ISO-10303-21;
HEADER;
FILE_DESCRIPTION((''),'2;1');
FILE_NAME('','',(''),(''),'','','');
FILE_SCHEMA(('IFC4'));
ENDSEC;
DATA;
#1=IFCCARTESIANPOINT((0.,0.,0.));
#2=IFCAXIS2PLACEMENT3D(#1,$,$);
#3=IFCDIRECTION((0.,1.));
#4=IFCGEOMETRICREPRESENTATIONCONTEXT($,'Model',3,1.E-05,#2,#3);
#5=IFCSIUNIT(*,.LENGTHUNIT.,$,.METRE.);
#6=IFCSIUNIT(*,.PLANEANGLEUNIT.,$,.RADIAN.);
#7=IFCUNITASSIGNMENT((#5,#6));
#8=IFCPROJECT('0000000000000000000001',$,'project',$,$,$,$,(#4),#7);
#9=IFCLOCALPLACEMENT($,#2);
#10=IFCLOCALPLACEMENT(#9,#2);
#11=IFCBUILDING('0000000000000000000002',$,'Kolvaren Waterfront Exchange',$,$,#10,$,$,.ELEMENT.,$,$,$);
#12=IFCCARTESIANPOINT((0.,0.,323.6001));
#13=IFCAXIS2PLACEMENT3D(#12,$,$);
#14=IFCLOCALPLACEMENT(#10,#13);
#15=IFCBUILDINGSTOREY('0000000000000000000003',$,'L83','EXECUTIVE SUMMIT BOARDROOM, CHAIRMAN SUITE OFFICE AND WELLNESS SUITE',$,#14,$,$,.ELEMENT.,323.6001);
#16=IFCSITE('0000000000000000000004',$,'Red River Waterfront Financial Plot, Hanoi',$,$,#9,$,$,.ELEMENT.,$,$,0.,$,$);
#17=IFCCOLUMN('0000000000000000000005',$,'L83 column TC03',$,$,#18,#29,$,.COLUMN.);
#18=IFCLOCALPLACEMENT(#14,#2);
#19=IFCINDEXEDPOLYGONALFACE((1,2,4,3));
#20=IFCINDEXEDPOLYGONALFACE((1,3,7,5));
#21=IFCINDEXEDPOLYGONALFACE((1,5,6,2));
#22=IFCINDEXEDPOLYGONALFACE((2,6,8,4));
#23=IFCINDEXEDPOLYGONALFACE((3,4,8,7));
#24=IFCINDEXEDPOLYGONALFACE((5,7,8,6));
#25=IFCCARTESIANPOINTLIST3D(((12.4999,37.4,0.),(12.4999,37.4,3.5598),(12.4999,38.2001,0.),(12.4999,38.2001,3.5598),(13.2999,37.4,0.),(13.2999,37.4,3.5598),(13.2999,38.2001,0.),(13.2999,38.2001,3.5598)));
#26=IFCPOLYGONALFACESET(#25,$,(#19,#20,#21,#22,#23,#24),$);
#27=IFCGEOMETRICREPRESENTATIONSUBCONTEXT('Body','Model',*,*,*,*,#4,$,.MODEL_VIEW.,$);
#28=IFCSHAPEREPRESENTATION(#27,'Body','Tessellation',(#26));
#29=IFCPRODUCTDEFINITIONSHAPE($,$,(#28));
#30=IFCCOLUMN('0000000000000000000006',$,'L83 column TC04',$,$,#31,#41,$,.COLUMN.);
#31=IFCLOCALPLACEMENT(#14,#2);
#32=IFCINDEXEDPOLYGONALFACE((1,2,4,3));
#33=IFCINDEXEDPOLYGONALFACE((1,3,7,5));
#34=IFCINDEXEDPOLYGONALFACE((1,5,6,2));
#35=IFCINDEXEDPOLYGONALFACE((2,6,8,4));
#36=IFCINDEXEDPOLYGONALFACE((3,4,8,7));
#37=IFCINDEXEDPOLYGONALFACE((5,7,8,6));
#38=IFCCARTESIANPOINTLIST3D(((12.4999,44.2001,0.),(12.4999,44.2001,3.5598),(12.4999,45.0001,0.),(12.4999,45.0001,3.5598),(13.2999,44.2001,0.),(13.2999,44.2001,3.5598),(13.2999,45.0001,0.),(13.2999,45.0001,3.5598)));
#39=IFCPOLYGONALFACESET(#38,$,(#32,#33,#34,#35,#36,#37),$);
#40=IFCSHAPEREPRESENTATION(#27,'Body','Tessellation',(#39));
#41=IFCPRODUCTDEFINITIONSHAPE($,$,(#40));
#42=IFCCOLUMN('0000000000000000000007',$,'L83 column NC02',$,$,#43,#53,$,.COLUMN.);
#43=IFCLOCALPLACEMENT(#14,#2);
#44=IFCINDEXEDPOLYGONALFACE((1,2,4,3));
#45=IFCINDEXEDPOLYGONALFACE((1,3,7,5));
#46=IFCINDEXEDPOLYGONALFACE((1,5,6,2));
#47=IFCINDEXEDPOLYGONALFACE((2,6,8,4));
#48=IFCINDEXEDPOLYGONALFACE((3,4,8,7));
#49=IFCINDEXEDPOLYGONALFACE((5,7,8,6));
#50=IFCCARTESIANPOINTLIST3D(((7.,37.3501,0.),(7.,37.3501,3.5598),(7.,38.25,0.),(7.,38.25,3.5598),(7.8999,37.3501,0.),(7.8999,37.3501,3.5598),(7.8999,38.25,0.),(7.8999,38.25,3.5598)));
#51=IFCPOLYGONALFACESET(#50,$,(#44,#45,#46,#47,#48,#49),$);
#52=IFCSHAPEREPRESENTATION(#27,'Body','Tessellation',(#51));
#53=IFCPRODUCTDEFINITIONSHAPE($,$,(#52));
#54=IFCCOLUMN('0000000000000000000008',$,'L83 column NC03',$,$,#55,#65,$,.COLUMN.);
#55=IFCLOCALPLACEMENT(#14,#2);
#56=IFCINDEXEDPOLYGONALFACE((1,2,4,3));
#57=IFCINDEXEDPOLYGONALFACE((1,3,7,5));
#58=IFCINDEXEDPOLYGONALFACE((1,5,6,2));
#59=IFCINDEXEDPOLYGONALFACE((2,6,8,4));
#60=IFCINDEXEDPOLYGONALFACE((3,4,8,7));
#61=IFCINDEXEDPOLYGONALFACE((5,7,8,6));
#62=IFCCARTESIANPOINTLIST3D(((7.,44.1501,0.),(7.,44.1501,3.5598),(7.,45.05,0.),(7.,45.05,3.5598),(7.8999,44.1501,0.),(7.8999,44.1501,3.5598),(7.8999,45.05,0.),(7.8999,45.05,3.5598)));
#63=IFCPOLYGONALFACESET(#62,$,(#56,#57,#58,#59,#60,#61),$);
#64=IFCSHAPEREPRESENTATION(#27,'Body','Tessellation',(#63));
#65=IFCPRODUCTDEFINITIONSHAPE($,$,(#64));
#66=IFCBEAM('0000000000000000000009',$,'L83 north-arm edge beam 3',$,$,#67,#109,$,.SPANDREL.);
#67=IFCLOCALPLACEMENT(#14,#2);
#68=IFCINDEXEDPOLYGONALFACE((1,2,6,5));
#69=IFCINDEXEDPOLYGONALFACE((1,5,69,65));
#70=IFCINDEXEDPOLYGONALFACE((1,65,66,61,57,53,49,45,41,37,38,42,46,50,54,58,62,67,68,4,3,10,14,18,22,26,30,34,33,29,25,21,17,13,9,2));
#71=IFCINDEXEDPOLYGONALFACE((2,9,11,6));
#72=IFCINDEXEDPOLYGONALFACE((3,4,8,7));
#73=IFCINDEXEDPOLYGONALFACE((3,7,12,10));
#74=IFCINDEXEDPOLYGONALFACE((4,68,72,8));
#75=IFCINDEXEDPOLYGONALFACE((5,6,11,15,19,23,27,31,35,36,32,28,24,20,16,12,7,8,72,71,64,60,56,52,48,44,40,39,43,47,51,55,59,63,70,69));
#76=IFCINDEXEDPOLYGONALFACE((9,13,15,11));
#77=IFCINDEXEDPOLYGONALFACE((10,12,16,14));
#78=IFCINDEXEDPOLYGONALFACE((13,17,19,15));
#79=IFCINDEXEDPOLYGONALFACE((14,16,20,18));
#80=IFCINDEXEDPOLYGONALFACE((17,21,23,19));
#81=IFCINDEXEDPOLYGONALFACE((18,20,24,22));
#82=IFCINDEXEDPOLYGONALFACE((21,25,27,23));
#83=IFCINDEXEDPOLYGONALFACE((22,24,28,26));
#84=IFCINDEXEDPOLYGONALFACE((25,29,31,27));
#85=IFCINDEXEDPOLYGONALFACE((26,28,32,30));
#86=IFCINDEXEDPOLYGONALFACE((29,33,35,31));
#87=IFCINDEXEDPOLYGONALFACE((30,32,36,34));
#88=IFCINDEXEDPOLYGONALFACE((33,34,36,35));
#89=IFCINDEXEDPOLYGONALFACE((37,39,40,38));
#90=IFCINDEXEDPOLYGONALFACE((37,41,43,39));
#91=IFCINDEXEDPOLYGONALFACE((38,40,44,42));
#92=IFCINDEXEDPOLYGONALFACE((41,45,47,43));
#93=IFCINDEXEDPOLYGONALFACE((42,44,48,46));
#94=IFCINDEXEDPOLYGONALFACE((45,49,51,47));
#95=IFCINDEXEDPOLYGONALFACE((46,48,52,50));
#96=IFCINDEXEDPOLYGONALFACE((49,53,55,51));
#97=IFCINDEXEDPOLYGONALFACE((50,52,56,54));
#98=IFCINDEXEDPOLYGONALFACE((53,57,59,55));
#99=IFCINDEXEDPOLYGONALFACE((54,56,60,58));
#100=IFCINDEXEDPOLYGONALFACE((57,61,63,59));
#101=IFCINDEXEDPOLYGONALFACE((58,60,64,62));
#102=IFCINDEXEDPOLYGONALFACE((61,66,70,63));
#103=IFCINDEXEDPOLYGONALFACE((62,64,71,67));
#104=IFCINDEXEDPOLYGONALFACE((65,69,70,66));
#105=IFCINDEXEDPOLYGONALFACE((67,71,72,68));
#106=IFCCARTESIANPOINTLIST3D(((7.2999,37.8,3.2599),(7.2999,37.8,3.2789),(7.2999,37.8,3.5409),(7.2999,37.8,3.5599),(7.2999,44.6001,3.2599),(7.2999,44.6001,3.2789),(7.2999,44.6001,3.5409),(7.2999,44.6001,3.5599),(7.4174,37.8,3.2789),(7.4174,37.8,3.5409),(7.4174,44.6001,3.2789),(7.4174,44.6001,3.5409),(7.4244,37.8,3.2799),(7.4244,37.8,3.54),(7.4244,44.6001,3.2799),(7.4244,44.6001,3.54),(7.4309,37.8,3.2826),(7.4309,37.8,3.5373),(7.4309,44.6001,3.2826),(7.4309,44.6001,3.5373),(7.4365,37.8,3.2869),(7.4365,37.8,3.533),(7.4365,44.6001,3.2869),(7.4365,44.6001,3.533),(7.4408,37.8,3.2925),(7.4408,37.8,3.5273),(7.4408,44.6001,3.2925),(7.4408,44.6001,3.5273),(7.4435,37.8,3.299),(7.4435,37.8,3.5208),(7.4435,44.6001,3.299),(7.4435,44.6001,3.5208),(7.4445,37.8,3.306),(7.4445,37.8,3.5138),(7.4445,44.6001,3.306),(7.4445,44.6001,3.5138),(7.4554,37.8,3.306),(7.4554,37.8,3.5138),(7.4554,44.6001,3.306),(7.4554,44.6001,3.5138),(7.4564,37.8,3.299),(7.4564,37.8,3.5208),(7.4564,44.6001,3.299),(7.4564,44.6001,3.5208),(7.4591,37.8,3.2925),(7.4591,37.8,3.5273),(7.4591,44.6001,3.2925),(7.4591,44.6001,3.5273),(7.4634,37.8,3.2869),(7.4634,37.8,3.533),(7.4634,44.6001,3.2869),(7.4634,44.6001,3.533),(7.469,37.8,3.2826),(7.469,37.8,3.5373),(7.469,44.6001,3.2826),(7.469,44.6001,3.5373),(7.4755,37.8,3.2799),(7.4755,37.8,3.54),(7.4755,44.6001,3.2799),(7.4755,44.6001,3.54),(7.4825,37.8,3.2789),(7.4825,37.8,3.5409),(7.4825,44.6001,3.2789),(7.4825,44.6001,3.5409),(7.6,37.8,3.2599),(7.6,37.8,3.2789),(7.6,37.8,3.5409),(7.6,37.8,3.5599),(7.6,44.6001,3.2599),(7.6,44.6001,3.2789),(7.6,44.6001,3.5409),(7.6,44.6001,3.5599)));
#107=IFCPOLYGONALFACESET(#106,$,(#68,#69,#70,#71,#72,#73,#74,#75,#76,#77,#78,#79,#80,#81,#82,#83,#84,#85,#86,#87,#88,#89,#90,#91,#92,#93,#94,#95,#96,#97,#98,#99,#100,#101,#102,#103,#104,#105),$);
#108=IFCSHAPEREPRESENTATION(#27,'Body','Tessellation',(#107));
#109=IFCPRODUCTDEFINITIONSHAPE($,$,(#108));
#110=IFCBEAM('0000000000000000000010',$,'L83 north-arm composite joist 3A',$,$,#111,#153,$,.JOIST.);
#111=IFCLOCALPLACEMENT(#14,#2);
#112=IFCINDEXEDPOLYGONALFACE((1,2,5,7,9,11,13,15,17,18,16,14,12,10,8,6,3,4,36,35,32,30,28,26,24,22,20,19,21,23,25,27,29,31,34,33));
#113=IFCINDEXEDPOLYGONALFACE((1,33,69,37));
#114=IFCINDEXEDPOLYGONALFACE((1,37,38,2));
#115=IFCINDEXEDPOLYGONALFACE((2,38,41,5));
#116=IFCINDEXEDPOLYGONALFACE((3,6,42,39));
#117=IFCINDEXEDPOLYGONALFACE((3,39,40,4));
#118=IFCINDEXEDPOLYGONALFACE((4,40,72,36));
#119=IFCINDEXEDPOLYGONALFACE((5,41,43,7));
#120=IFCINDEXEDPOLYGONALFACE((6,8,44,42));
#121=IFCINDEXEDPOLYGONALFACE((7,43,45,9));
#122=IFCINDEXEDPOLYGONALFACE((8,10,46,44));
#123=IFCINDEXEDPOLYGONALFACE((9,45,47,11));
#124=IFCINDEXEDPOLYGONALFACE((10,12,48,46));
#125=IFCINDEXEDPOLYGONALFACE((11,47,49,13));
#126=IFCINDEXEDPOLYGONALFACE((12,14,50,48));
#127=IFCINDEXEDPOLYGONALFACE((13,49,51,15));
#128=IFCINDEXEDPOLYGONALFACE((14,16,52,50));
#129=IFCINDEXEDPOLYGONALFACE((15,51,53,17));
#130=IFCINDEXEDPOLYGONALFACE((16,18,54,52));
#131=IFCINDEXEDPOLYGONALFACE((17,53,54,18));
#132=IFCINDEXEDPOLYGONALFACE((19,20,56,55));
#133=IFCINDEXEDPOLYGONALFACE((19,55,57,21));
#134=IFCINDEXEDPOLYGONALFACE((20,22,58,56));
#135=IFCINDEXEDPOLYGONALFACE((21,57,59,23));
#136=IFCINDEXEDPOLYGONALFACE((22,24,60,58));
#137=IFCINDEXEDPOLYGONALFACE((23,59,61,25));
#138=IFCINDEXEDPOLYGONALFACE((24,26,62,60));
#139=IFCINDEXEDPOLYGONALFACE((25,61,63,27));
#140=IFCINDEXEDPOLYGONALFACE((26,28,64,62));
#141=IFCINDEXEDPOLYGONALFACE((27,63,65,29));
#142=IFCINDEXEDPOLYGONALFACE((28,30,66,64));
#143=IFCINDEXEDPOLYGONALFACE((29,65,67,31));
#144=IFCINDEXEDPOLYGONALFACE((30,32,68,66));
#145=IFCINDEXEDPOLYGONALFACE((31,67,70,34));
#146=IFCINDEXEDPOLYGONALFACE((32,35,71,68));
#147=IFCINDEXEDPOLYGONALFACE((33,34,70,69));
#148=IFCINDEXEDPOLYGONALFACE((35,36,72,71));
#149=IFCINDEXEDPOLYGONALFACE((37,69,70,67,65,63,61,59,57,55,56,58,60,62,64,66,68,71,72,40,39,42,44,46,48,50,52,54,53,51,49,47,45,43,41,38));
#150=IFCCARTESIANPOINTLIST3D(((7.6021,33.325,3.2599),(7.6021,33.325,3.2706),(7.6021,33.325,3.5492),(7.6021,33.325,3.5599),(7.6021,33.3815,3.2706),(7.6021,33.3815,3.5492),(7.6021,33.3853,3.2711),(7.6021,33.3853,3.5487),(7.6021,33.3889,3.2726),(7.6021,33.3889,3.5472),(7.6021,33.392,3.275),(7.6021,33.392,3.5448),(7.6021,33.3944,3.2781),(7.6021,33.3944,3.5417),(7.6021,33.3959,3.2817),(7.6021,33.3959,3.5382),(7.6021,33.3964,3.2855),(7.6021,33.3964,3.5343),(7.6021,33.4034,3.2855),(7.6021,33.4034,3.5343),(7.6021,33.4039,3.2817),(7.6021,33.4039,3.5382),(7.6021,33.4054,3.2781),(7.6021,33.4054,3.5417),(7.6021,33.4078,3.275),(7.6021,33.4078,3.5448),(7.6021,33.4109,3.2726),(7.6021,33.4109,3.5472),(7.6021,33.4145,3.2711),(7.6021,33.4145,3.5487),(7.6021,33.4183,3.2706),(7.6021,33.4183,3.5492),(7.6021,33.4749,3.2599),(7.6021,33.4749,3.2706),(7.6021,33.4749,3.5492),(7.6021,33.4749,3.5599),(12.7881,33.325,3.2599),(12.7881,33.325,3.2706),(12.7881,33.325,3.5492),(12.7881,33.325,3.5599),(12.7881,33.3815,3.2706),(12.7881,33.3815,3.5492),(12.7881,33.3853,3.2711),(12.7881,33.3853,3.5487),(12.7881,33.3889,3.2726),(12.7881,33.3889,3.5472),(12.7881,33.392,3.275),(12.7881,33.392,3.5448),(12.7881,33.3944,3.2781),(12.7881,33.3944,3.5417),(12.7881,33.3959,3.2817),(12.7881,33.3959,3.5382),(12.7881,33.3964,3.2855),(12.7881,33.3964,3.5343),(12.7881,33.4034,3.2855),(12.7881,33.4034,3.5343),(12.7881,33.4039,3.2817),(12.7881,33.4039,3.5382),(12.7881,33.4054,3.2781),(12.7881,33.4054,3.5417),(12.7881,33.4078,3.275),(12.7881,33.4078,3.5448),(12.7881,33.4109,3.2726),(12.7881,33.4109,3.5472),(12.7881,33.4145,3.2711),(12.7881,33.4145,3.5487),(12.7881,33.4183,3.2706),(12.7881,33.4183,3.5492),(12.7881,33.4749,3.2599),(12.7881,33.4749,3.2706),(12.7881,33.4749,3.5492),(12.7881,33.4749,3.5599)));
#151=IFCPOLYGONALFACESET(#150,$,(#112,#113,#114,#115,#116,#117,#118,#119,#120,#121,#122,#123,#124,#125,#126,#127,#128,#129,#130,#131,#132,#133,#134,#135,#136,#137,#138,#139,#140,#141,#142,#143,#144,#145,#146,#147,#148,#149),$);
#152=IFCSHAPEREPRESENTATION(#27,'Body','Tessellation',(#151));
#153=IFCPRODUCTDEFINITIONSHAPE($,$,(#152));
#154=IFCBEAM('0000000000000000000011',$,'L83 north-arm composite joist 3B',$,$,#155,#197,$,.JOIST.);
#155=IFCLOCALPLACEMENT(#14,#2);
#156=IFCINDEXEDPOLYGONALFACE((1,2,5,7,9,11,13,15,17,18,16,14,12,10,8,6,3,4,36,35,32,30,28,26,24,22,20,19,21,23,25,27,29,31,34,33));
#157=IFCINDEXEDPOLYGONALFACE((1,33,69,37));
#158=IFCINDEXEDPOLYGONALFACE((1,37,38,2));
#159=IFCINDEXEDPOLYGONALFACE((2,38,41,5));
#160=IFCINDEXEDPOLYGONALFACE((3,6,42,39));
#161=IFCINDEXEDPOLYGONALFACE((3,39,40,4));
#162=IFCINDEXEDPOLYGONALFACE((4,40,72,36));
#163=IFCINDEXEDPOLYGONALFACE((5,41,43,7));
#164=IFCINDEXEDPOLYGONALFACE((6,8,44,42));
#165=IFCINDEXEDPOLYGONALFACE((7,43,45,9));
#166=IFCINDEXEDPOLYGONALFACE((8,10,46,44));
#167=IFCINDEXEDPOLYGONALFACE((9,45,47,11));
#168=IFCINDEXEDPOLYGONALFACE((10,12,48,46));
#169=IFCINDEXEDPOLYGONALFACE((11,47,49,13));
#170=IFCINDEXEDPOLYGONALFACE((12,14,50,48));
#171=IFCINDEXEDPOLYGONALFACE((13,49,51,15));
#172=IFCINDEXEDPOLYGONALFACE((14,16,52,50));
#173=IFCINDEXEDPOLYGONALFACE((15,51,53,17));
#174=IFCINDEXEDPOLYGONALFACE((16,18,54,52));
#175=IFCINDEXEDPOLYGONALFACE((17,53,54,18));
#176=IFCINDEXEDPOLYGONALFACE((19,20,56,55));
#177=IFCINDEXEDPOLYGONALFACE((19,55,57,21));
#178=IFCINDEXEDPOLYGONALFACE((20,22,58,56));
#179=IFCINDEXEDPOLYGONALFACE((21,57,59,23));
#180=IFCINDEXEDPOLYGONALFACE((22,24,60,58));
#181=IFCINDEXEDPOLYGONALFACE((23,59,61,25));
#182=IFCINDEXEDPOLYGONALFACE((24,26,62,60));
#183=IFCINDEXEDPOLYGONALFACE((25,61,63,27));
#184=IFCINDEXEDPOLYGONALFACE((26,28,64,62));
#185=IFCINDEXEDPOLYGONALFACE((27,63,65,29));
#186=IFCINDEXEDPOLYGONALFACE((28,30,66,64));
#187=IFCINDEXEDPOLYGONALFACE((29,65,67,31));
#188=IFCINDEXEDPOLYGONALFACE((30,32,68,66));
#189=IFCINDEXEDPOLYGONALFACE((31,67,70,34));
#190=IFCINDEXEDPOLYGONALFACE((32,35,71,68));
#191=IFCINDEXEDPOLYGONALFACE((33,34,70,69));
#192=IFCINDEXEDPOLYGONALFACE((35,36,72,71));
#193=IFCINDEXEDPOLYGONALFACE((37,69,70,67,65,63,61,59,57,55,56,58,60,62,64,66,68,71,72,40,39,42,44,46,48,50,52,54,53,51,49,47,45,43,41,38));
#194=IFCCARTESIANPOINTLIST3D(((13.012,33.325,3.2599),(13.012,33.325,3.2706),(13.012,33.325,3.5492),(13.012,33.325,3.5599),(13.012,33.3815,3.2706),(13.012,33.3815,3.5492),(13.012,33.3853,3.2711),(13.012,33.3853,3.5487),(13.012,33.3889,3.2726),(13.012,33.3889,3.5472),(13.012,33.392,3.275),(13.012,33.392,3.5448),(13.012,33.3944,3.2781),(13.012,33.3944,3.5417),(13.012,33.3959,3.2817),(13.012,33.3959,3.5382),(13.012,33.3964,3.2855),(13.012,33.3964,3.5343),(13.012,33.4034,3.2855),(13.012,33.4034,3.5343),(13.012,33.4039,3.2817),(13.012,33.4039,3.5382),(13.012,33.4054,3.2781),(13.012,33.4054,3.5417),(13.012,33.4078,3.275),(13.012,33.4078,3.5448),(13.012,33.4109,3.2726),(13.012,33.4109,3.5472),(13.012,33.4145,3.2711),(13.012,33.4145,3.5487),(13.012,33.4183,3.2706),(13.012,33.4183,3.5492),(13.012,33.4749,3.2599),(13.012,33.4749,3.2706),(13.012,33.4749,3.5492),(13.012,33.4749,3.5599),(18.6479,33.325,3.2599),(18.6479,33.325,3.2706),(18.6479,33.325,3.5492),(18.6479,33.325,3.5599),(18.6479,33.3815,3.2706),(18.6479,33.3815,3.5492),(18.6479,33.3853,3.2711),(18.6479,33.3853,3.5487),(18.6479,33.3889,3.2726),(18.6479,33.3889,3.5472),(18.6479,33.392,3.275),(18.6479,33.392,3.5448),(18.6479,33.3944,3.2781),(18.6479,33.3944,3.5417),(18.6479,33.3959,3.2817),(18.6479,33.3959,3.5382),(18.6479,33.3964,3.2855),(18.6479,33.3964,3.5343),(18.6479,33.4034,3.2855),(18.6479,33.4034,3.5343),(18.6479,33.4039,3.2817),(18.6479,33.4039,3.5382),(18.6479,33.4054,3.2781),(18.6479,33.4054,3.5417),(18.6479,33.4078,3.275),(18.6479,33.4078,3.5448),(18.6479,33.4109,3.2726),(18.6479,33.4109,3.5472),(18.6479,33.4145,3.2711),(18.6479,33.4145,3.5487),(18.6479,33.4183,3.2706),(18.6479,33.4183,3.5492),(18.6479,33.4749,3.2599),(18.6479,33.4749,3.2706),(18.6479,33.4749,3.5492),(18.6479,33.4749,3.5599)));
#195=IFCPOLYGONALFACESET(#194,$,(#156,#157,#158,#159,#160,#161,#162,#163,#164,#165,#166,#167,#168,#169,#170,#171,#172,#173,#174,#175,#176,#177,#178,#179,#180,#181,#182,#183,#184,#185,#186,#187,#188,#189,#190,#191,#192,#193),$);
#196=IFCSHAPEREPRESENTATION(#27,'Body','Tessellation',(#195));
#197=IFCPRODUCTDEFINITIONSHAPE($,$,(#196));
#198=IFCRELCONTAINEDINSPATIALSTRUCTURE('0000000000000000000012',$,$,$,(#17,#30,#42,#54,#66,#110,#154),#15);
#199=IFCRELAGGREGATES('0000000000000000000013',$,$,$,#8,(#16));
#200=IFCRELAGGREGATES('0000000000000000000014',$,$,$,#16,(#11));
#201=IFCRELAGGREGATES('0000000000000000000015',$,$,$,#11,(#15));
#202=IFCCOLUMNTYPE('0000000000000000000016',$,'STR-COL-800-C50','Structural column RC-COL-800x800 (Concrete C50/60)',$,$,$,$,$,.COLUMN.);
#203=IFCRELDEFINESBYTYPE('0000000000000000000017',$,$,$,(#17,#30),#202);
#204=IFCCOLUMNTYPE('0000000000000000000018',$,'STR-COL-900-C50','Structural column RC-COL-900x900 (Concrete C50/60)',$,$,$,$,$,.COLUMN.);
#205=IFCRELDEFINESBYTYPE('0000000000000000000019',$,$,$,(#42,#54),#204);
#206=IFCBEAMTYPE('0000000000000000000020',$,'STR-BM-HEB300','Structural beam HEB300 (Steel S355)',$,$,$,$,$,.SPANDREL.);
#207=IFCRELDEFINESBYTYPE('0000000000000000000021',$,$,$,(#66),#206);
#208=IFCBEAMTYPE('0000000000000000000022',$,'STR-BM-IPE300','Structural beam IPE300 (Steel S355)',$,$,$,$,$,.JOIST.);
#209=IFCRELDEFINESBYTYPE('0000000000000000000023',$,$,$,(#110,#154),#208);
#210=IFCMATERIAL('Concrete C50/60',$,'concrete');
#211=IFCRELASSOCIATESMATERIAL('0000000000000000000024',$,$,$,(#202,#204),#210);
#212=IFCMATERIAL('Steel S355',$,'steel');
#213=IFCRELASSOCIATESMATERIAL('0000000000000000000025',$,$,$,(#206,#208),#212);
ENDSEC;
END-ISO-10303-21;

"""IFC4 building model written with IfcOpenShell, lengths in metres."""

from ifc_helpers import new_model, si_unit, direction, frame, origin, origin_2d, place, context, subcontext, project, spatial, rectangle, i_section, extrude, material, material_profile, profile_set, type_object, element, save


model = new_model("IFC4")

# Units and contexts
model_context = context("Model", 3, precision=1e-05, world=origin(), true_north=direction((0.0, 1.0)))
body_context = subcontext(model_context, "Body", "Model", "MODEL_VIEW")
ifc_project = project(units=[si_unit("LENGTHUNIT", "METRE"), si_unit("PLANEANGLEUNIT", "RADIAN")], contexts=[model_context])

# Site, building, storey
site_placement = place(None, origin())
site = spatial("IfcSite", under=ifc_project, at=site_placement, Name="Red River Waterfront Financial Plot, Hanoi", CompositionType="ELEMENT", RefElevation=0.0)
building_placement = place(site_placement, origin())
building = spatial("IfcBuilding", under=site, at=building_placement, Name="Kolvaren Waterfront Exchange", CompositionType="ELEMENT")
storey_placement = place(building_placement, frame((0.0, 0.0, 323.6001)))
storey = spatial("IfcBuildingStorey", under=building, at=storey_placement, Name="L83", Description="EXECUTIVE SUMMIT BOARDROOM, CHAIRMAN SUITE OFFICE AND WELLNESS SUITE", CompositionType="ELEMENT", Elevation=323.6001)

# Columns
ifc_material_1 = material(Name="Concrete C50/60", Category="concrete")
ifc_material_profile_1 = material_profile(ifc_material_1, rectangle(XDim=0.8, YDim=0.8, at=origin_2d()), Name="RC-COL-800x800")
ifc_profile_set_1 = profile_set([ifc_material_profile_1], Name="Concrete C50/60")
column_type_1 = type_object("IfcColumnType", Name="STR-COL-800-C50", Description="Structural column RC-COL-800x800 (Concrete C50/60)", PredefinedType="COLUMN", material=ifc_profile_set_1)
for number, where, z_axis, x_axis, name in (
    (1, (12.8999, 37.8, 0.0), (0.0, 0.0, 1.0), (1.0, 0.0, 0.0), "L83 column TC03"),
    (2, (12.8999, 44.6001, 0.0), (0.0, 0.0, 1.0), (1.0, 0.0, 0.0), "L83 column TC04"),
):
    element("IfcColumn", number, at=place(storey_placement, frame(where, z_axis=z_axis, x_axis=x_axis)), inside=storey, type_object=column_type_1, Name=name, PredefinedType="COLUMN", context=body_context, shape_type="SweptSolid", body=[
        extrude(rectangle(XDim=0.8, YDim=0.8, at=origin_2d()), origin(), (0.0, 0.0, 1.0), 3.5598),
    ])
ifc_material_profile_2 = material_profile(ifc_material_1, rectangle(XDim=0.8999, YDim=0.8999, at=origin_2d()), Name="RC-COL-900x900")
ifc_profile_set_2 = profile_set([ifc_material_profile_2], Name="Concrete C50/60")
column_type_2 = type_object("IfcColumnType", Name="STR-COL-900-C50", Description="Structural column RC-COL-900x900 (Concrete C50/60)", PredefinedType="COLUMN", material=ifc_profile_set_2)
for number, where, z_axis, x_axis, name in (
    (3, (7.45, 37.8, 0.0), (0.0, 0.0, 1.0), (1.0, 0.0, 0.0), "L83 column NC02"),
    (4, (7.45, 44.6001, 0.0), (0.0, 0.0, 1.0), (1.0, 0.0, 0.0), "L83 column NC03"),
):
    element("IfcColumn", number, at=place(storey_placement, frame(where, z_axis=z_axis, x_axis=x_axis)), inside=storey, type_object=column_type_2, Name=name, PredefinedType="COLUMN", context=body_context, shape_type="SweptSolid", body=[
        extrude(rectangle(XDim=0.8999, YDim=0.8999, at=origin_2d()), origin(), (0.0, 0.0, 1.0), 3.5598),
    ])

# Beams
ifc_material_2 = material(Name="Steel S355", Category="steel")
ifc_material_profile_3 = material_profile(ifc_material_2, i_section(OverallWidth=0.3, OverallDepth=0.3, WebThickness=0.011, FlangeThickness=0.019, FilletRadius=0.0271, at=origin_2d()), Name="HEB300")
ifc_profile_set_3 = profile_set([ifc_material_profile_3], Name="Steel S355")
beam_type_1 = type_object("IfcBeamType", Name="STR-BM-HEB300", Description="Structural beam HEB300 (Steel S355)", PredefinedType="SPANDREL", material=ifc_profile_set_3)
beam_1_placement = place(storey_placement, frame((7.45, 37.8, 3.4099), z_axis=(0.0, 1.0, 0.0), x_axis=(-1.0, 0.0, 0.0)))
element("IfcBeam", 5, at=beam_1_placement, inside=storey, type_object=beam_type_1, Name="L83 north-arm edge beam 3", PredefinedType="SPANDREL", context=body_context, shape_type="SweptSolid", body=[
    extrude(i_section(OverallWidth=0.3, OverallDepth=0.3, WebThickness=0.011, FlangeThickness=0.019, FilletRadius=0.0271, at=origin_2d()), origin(), (0.0, 0.0, 1.0), 6.8),
])
ifc_material_profile_4 = material_profile(ifc_material_2, i_section(OverallWidth=0.1499, OverallDepth=0.3, WebThickness=0.0071, FlangeThickness=0.0107, FilletRadius=0.0149, at=origin_2d()), Name="IPE300")
ifc_profile_set_4 = profile_set([ifc_material_profile_4], Name="Steel S355")
beam_type_2 = type_object("IfcBeamType", Name="STR-BM-IPE300", Description="Structural beam IPE300 (Steel S355)", PredefinedType="JOIST", material=ifc_profile_set_4)
beam_2_placement = place(storey_placement, frame((7.6021, 33.3999, 3.4099), z_axis=(1.0, 0.0, 0.0), x_axis=(0.0, 1.0, 0.0)))
element("IfcBeam", 6, at=beam_2_placement, inside=storey, type_object=beam_type_2, Name="L83 north-arm composite joist 3A", PredefinedType="JOIST", context=body_context, shape_type="SweptSolid", body=[
    extrude(i_section(OverallWidth=0.1499, OverallDepth=0.3, WebThickness=0.0071, FlangeThickness=0.0107, FilletRadius=0.0149, at=origin_2d()), origin(), (0.0, 0.0, 1.0), 5.186),
])
beam_3_placement = place(storey_placement, frame((13.012, 33.3999, 3.4099), z_axis=(1.0, 0.0, 0.0), x_axis=(0.0, 1.0, 0.0)))
element("IfcBeam", 7, at=beam_3_placement, inside=storey, type_object=beam_type_2, Name="L83 north-arm composite joist 3B", PredefinedType="JOIST", context=body_context, shape_type="SweptSolid", body=[
    extrude(i_section(OverallWidth=0.1499, OverallDepth=0.3, WebThickness=0.0071, FlangeThickness=0.0107, FilletRadius=0.0149, at=origin_2d()), origin(), (0.0, 0.0, 1.0), 5.636),
])

save(model, "model.ifc")
